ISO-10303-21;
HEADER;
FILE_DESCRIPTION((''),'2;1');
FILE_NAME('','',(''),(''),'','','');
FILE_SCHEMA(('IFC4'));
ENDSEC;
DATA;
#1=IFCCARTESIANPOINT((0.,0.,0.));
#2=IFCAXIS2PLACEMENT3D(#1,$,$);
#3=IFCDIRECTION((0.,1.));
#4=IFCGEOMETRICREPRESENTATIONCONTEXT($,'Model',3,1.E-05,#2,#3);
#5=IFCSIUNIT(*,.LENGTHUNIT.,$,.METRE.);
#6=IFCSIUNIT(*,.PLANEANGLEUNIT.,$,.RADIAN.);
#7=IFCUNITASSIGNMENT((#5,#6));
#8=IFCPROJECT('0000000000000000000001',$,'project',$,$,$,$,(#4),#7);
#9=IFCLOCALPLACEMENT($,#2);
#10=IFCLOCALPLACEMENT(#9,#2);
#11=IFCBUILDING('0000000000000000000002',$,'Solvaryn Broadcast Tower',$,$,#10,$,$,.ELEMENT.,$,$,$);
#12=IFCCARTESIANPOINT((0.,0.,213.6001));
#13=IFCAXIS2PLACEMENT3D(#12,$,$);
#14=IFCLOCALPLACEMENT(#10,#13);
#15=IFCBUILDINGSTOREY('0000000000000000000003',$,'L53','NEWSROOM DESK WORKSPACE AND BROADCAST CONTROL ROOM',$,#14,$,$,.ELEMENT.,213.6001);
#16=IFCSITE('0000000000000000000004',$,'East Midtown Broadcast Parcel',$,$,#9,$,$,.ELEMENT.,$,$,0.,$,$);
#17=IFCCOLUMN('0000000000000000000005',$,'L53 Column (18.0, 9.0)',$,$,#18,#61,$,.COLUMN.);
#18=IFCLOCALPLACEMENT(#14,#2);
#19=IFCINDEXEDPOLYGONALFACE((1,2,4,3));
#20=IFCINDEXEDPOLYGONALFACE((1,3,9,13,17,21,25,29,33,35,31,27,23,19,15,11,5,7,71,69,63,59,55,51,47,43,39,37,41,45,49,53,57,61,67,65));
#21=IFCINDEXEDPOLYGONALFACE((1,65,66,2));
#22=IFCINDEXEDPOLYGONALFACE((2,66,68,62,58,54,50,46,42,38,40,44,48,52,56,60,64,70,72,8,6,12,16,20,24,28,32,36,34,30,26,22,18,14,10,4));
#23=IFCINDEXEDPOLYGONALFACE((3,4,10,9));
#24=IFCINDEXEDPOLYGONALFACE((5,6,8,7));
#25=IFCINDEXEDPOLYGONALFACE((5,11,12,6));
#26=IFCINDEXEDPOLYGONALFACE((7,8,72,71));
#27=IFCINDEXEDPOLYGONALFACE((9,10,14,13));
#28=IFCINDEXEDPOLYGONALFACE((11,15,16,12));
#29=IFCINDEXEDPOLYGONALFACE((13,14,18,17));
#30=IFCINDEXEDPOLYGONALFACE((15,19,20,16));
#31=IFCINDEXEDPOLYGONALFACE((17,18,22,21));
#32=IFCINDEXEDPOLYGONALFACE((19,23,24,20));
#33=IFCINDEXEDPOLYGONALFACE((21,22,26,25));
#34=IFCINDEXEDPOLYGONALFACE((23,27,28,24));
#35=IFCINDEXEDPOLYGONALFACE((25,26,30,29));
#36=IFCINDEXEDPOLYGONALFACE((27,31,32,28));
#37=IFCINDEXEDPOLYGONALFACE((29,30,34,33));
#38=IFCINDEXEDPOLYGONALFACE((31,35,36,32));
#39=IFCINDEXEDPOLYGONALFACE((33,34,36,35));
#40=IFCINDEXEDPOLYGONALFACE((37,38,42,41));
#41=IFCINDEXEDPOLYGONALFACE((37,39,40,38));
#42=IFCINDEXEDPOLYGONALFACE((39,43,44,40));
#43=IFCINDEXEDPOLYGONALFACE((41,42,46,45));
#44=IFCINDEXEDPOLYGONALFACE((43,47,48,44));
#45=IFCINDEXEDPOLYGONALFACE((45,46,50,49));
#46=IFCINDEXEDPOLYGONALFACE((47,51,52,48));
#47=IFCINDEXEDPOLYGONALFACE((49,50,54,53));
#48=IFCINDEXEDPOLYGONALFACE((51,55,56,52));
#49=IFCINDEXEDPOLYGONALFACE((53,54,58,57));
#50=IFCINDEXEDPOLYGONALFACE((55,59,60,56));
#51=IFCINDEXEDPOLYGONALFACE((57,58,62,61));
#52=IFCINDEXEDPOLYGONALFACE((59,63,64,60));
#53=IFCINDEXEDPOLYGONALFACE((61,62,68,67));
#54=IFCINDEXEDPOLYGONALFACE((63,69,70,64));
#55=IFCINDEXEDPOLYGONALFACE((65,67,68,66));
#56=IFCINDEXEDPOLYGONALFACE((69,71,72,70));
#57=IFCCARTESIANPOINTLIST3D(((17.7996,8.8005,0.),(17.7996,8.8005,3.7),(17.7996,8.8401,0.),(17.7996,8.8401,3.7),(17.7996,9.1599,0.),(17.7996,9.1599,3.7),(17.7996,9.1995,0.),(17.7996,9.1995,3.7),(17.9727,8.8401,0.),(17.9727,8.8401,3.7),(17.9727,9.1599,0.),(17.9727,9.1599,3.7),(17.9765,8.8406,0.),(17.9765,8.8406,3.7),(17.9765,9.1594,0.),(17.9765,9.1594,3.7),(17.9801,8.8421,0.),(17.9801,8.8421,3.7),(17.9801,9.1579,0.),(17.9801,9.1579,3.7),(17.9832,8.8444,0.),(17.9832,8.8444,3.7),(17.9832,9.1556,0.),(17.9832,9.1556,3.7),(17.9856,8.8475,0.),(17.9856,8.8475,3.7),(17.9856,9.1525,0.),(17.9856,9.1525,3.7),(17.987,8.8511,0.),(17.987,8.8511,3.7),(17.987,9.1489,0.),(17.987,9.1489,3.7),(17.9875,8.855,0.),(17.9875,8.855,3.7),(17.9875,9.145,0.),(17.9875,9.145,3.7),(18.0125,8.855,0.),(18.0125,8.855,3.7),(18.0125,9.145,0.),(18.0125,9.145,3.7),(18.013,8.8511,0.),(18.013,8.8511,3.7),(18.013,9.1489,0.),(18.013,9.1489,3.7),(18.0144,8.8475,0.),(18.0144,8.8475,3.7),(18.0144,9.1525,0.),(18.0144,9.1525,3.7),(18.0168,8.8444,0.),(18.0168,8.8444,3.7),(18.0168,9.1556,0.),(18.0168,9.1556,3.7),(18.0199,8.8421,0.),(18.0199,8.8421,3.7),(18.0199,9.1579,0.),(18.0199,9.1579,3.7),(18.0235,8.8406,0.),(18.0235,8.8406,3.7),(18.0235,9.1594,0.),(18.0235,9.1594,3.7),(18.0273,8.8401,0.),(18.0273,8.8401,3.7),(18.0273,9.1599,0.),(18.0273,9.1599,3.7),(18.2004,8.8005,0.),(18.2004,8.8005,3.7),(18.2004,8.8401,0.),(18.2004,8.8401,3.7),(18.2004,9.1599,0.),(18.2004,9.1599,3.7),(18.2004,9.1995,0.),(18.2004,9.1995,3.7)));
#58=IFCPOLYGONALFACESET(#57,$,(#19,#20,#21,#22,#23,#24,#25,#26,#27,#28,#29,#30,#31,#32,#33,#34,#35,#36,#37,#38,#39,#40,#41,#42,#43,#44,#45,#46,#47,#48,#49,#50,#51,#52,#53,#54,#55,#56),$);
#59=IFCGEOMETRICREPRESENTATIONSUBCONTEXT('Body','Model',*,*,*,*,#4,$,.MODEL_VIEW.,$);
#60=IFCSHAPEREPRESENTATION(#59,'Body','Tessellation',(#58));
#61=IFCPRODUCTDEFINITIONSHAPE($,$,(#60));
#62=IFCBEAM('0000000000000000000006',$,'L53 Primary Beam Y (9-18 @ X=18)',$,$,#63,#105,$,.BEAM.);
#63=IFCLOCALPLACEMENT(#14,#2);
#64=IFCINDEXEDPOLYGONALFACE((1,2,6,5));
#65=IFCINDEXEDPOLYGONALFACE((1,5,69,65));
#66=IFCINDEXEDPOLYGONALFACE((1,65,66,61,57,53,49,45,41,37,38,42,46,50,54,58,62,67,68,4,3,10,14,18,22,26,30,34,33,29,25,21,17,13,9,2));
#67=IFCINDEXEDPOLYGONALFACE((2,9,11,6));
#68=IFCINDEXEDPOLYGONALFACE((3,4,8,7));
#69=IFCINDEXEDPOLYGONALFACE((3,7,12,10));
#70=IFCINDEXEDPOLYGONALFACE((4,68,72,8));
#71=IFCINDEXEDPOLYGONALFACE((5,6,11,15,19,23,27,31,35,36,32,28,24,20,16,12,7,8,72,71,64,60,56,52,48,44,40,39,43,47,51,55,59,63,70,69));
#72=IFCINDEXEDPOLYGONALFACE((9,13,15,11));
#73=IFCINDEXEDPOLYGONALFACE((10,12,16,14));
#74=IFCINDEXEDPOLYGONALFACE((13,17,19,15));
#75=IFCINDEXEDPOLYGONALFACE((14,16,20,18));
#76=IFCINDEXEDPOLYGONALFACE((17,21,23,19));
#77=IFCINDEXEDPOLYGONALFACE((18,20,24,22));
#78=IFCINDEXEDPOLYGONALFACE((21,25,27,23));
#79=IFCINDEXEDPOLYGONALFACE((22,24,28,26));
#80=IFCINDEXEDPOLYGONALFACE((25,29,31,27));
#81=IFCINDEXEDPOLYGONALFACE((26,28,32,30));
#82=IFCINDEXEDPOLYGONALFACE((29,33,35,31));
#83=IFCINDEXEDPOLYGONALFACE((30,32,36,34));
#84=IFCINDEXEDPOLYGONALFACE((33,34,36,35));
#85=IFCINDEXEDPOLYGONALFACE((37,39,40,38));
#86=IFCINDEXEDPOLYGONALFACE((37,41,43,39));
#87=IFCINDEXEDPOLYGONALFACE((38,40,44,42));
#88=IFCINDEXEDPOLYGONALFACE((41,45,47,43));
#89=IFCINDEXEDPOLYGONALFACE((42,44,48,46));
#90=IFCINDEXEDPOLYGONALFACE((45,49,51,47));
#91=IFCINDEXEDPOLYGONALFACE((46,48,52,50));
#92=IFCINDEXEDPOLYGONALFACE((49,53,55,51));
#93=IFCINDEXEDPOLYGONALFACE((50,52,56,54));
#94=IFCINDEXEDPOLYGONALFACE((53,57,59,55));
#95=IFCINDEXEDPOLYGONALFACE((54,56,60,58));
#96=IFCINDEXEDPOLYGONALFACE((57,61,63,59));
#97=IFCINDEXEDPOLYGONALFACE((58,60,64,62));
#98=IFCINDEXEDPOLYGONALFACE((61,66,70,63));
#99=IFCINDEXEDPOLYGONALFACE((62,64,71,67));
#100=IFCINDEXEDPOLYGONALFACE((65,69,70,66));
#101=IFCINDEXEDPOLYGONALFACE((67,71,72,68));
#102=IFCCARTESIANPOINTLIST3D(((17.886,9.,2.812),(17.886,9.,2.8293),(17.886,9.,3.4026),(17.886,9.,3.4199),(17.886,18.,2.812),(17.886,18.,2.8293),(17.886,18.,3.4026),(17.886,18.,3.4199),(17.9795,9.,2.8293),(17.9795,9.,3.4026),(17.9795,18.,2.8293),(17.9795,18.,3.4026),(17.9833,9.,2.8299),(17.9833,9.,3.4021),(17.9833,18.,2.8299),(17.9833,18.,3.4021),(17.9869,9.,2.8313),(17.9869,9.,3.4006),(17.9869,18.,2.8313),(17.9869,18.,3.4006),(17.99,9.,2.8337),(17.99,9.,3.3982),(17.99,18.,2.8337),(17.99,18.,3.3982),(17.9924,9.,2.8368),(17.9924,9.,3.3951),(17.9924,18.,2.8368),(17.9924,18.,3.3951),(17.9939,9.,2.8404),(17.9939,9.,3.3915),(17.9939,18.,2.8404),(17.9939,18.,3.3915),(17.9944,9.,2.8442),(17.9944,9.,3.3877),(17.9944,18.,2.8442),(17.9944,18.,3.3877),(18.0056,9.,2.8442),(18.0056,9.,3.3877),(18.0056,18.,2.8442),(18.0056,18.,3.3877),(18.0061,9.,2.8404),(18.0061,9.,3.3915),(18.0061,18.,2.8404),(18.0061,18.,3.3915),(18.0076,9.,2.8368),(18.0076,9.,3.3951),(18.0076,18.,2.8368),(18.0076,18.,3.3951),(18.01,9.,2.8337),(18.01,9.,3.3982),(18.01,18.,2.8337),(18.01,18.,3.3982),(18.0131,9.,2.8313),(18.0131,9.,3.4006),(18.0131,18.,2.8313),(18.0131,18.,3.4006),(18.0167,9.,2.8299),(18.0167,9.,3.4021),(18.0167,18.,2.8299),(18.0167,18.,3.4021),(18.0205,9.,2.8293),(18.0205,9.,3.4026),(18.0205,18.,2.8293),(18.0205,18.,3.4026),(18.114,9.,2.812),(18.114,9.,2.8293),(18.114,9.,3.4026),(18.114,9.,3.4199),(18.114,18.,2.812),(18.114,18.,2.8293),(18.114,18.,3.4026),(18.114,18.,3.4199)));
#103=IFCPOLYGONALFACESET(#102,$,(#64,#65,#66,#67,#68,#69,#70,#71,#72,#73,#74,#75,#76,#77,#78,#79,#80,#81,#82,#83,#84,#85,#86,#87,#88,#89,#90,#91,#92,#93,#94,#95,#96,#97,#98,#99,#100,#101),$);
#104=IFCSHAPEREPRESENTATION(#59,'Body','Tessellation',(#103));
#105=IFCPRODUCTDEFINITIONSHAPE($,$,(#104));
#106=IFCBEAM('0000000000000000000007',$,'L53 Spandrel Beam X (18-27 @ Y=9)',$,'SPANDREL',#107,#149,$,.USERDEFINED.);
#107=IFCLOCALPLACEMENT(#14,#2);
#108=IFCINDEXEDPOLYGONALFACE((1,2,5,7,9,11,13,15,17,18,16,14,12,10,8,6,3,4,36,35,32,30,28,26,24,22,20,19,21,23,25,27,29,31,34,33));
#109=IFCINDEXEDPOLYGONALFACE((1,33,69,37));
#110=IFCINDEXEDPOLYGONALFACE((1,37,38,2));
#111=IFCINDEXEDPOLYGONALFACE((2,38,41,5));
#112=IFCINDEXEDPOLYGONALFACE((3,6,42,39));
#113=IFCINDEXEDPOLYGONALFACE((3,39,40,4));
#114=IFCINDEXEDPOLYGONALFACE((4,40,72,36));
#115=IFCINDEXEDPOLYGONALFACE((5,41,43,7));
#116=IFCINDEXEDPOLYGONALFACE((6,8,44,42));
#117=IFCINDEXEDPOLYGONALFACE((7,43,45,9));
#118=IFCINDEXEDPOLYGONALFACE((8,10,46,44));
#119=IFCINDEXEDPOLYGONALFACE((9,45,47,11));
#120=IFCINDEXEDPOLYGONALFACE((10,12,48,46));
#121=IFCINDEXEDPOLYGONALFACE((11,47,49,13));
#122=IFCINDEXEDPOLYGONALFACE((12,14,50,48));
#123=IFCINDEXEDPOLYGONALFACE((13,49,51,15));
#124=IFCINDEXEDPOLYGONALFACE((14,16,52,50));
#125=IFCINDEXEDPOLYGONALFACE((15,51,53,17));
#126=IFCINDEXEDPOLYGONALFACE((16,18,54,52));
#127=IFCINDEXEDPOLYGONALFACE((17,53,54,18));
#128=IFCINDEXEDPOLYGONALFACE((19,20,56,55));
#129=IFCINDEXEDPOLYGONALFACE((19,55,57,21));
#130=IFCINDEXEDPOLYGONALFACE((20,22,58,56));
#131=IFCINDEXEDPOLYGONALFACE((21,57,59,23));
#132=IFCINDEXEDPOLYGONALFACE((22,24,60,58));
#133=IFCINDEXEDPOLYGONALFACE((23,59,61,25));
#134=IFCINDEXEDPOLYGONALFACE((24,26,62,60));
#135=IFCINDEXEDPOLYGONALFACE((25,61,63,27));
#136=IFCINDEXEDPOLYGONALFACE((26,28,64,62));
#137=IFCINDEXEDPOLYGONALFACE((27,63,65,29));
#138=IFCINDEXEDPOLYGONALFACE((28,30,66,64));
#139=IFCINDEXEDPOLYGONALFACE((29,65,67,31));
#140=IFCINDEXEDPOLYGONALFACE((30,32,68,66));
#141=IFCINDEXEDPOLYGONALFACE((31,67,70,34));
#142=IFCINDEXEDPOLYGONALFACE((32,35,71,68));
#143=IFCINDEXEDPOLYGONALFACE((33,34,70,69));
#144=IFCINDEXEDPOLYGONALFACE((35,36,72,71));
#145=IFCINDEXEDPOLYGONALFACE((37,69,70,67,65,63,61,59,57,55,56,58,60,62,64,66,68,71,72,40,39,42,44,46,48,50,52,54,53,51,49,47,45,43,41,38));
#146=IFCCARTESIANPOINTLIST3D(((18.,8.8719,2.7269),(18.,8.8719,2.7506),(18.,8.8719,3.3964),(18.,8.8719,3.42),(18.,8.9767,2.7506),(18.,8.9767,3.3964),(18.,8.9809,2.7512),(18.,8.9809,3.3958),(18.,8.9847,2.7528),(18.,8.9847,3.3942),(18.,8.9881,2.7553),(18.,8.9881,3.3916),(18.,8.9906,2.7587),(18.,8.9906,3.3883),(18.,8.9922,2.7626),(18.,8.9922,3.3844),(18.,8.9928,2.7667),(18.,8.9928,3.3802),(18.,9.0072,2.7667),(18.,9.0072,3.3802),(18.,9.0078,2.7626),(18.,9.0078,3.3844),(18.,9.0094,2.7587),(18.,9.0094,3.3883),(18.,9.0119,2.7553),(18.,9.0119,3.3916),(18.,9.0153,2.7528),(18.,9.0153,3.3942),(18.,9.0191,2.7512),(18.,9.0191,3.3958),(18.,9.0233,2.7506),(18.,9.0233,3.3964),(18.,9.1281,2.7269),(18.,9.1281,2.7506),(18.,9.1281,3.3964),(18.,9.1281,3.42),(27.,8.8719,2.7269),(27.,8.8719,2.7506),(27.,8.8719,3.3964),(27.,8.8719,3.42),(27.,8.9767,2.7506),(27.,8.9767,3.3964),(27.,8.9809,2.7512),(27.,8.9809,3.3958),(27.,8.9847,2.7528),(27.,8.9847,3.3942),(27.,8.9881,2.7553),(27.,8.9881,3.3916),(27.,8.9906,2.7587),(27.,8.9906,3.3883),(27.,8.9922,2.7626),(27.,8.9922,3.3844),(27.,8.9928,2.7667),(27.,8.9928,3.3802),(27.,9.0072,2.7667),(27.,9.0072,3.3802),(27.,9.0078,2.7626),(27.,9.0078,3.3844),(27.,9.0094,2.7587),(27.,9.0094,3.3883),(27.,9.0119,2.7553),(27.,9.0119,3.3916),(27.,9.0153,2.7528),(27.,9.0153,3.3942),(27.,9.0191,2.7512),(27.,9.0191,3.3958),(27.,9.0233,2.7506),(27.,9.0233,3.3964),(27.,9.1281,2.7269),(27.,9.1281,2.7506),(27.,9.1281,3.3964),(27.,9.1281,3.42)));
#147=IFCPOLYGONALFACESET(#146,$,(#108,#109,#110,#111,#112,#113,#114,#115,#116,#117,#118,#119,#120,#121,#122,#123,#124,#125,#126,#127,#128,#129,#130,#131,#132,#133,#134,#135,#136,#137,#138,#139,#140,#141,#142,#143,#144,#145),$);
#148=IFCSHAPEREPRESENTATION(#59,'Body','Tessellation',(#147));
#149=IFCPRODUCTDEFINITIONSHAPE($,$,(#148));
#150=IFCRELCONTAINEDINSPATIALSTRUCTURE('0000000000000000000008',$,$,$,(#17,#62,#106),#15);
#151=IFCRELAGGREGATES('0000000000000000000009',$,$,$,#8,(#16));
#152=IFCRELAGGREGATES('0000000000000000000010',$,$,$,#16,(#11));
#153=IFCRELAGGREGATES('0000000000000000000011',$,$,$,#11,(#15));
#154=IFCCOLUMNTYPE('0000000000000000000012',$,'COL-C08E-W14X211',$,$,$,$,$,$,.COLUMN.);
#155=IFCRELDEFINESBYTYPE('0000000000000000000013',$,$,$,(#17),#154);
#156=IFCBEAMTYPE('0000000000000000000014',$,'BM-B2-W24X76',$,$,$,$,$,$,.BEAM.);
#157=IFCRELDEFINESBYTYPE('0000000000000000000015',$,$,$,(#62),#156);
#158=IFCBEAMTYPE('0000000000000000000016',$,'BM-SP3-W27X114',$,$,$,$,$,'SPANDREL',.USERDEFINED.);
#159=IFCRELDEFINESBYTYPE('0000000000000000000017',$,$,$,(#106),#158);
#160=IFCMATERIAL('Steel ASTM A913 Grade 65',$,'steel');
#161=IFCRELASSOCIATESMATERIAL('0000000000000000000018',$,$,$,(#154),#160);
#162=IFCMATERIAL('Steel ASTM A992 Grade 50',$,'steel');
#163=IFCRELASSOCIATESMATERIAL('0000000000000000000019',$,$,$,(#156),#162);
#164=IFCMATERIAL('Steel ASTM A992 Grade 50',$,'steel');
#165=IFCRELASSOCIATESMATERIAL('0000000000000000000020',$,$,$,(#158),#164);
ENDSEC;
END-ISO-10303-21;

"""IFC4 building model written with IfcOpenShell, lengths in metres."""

from ifc_helpers import new_model, si_unit, direction, frame, origin, origin_2d, place, context, subcontext, project, spatial, i_section, extrude, material, material_profile, profile_set, type_object, element, save


model = new_model("IFC4")

# Units and contexts
model_context = context("Model", 3, precision=1e-05, world=origin(), true_north=direction((0.0, 1.0)))
body_context = subcontext(model_context, "Body", "Model", "MODEL_VIEW")
ifc_project = project(units=[si_unit("LENGTHUNIT", "METRE"), si_unit("PLANEANGLEUNIT", "RADIAN")], contexts=[model_context])

# Site, building, storey
site_placement = place(None, origin())
site = spatial("IfcSite", under=ifc_project, at=site_placement, Name="East Midtown Broadcast Parcel", CompositionType="ELEMENT", RefElevation=0.0)
building_placement = place(site_placement, origin())
building = spatial("IfcBuilding", under=site, at=building_placement, Name="Solvaryn Broadcast Tower", CompositionType="ELEMENT")
storey_placement = place(building_placement, frame((0.0, 0.0, 213.6001)))
storey = spatial("IfcBuildingStorey", under=building, at=storey_placement, Name="L53", Description="NEWSROOM DESK WORKSPACE AND BROADCAST CONTROL ROOM", CompositionType="ELEMENT", Elevation=213.6001)

# Column
ifc_material_1 = material(Name="Steel ASTM A913 Grade 65", Category="steel")
ifc_material_profile_1 = material_profile(ifc_material_1, i_section(OverallWidth=0.4009, OverallDepth=0.3989, WebThickness=0.0249, FlangeThickness=0.0396, FilletRadius=0.0149, at=origin_2d()))
ifc_profile_set_1 = profile_set([ifc_material_profile_1], Name="Steel ASTM A913 Grade 65")
column_type = type_object("IfcColumnType", Name="COL-C08E-W14X211", PredefinedType="COLUMN", material=ifc_profile_set_1)
column_placement = place(storey_placement, frame((18.0, 9.0, 0.0), z_axis=(0.0, 0.0, 1.0), x_axis=(1.0, 0.0, 0.0)))
element("IfcColumn", 1, at=column_placement, inside=storey, type_object=column_type, Name="L53 Column (18.0, 9.0)", PredefinedType="COLUMN", context=body_context, shape_type="SweptSolid", body=[
    extrude(i_section(OverallWidth=0.4009, OverallDepth=0.3989, WebThickness=0.0249, FlangeThickness=0.0396, FilletRadius=0.0149, at=origin_2d()), origin(), (0.0, 0.0, 1.0), 3.7),
])

# Beams
ifc_material_2 = material(Name="Steel ASTM A992 Grade 50", Category="steel")
ifc_material_profile_2 = material_profile(ifc_material_2, i_section(OverallWidth=0.228, OverallDepth=0.6079, WebThickness=0.0112, FlangeThickness=0.0173, FilletRadius=0.0149, at=origin_2d()))
ifc_profile_set_2 = profile_set([ifc_material_profile_2], Name="Steel ASTM A992 Grade 50")
beam_type_1 = type_object("IfcBeamType", Name="BM-B2-W24X76", PredefinedType="BEAM", material=ifc_profile_set_2)
beam_1_placement = place(storey_placement, frame((18.0, 9.0, 3.116), z_axis=(0.0, 1.0, 0.0), x_axis=(-1.0, 0.0, 0.0)))
element("IfcBeam", 2, at=beam_1_placement, inside=storey, type_object=beam_type_1, Name="L53 Primary Beam Y (9-18 @ X=18)", PredefinedType="BEAM", context=body_context, shape_type="SweptSolid", body=[
    extrude(i_section(OverallWidth=0.228, OverallDepth=0.6079, WebThickness=0.0112, FlangeThickness=0.0173, FilletRadius=0.0149, at=origin_2d()), origin(), (0.0, 0.0, 1.0), 9.0),
])
ifc_material_3 = material(Name="Steel ASTM A992 Grade 50", Category="steel")
ifc_material_profile_3 = material_profile(ifc_material_3, i_section(OverallWidth=0.2561, OverallDepth=0.6931, WebThickness=0.0144, FlangeThickness=0.0237, FilletRadius=0.0161, at=origin_2d()))
ifc_profile_set_3 = profile_set([ifc_material_profile_3], Name="Steel ASTM A992 Grade 50")
beam_type_2 = type_object("IfcBeamType", Name="BM-SP3-W27X114", ElementType="SPANDREL", PredefinedType="USERDEFINED", material=ifc_profile_set_3)
beam_2_placement = place(storey_placement, frame((18.0, 9.0, 3.0735), z_axis=(1.0, 0.0, 0.0), x_axis=(0.0, 1.0, 0.0)))
element("IfcBeam", 3, at=beam_2_placement, inside=storey, type_object=beam_type_2, Name="L53 Spandrel Beam X (18-27 @ Y=9)", ObjectType="SPANDREL", PredefinedType="USERDEFINED", context=body_context, shape_type="SweptSolid", body=[
    extrude(i_section(OverallWidth=0.2561, OverallDepth=0.6931, WebThickness=0.0144, FlangeThickness=0.0237, FilletRadius=0.0161, at=origin_2d()), origin(), (0.0, 0.0, 1.0), 9.0),
])

save(model, "model.ifc")
